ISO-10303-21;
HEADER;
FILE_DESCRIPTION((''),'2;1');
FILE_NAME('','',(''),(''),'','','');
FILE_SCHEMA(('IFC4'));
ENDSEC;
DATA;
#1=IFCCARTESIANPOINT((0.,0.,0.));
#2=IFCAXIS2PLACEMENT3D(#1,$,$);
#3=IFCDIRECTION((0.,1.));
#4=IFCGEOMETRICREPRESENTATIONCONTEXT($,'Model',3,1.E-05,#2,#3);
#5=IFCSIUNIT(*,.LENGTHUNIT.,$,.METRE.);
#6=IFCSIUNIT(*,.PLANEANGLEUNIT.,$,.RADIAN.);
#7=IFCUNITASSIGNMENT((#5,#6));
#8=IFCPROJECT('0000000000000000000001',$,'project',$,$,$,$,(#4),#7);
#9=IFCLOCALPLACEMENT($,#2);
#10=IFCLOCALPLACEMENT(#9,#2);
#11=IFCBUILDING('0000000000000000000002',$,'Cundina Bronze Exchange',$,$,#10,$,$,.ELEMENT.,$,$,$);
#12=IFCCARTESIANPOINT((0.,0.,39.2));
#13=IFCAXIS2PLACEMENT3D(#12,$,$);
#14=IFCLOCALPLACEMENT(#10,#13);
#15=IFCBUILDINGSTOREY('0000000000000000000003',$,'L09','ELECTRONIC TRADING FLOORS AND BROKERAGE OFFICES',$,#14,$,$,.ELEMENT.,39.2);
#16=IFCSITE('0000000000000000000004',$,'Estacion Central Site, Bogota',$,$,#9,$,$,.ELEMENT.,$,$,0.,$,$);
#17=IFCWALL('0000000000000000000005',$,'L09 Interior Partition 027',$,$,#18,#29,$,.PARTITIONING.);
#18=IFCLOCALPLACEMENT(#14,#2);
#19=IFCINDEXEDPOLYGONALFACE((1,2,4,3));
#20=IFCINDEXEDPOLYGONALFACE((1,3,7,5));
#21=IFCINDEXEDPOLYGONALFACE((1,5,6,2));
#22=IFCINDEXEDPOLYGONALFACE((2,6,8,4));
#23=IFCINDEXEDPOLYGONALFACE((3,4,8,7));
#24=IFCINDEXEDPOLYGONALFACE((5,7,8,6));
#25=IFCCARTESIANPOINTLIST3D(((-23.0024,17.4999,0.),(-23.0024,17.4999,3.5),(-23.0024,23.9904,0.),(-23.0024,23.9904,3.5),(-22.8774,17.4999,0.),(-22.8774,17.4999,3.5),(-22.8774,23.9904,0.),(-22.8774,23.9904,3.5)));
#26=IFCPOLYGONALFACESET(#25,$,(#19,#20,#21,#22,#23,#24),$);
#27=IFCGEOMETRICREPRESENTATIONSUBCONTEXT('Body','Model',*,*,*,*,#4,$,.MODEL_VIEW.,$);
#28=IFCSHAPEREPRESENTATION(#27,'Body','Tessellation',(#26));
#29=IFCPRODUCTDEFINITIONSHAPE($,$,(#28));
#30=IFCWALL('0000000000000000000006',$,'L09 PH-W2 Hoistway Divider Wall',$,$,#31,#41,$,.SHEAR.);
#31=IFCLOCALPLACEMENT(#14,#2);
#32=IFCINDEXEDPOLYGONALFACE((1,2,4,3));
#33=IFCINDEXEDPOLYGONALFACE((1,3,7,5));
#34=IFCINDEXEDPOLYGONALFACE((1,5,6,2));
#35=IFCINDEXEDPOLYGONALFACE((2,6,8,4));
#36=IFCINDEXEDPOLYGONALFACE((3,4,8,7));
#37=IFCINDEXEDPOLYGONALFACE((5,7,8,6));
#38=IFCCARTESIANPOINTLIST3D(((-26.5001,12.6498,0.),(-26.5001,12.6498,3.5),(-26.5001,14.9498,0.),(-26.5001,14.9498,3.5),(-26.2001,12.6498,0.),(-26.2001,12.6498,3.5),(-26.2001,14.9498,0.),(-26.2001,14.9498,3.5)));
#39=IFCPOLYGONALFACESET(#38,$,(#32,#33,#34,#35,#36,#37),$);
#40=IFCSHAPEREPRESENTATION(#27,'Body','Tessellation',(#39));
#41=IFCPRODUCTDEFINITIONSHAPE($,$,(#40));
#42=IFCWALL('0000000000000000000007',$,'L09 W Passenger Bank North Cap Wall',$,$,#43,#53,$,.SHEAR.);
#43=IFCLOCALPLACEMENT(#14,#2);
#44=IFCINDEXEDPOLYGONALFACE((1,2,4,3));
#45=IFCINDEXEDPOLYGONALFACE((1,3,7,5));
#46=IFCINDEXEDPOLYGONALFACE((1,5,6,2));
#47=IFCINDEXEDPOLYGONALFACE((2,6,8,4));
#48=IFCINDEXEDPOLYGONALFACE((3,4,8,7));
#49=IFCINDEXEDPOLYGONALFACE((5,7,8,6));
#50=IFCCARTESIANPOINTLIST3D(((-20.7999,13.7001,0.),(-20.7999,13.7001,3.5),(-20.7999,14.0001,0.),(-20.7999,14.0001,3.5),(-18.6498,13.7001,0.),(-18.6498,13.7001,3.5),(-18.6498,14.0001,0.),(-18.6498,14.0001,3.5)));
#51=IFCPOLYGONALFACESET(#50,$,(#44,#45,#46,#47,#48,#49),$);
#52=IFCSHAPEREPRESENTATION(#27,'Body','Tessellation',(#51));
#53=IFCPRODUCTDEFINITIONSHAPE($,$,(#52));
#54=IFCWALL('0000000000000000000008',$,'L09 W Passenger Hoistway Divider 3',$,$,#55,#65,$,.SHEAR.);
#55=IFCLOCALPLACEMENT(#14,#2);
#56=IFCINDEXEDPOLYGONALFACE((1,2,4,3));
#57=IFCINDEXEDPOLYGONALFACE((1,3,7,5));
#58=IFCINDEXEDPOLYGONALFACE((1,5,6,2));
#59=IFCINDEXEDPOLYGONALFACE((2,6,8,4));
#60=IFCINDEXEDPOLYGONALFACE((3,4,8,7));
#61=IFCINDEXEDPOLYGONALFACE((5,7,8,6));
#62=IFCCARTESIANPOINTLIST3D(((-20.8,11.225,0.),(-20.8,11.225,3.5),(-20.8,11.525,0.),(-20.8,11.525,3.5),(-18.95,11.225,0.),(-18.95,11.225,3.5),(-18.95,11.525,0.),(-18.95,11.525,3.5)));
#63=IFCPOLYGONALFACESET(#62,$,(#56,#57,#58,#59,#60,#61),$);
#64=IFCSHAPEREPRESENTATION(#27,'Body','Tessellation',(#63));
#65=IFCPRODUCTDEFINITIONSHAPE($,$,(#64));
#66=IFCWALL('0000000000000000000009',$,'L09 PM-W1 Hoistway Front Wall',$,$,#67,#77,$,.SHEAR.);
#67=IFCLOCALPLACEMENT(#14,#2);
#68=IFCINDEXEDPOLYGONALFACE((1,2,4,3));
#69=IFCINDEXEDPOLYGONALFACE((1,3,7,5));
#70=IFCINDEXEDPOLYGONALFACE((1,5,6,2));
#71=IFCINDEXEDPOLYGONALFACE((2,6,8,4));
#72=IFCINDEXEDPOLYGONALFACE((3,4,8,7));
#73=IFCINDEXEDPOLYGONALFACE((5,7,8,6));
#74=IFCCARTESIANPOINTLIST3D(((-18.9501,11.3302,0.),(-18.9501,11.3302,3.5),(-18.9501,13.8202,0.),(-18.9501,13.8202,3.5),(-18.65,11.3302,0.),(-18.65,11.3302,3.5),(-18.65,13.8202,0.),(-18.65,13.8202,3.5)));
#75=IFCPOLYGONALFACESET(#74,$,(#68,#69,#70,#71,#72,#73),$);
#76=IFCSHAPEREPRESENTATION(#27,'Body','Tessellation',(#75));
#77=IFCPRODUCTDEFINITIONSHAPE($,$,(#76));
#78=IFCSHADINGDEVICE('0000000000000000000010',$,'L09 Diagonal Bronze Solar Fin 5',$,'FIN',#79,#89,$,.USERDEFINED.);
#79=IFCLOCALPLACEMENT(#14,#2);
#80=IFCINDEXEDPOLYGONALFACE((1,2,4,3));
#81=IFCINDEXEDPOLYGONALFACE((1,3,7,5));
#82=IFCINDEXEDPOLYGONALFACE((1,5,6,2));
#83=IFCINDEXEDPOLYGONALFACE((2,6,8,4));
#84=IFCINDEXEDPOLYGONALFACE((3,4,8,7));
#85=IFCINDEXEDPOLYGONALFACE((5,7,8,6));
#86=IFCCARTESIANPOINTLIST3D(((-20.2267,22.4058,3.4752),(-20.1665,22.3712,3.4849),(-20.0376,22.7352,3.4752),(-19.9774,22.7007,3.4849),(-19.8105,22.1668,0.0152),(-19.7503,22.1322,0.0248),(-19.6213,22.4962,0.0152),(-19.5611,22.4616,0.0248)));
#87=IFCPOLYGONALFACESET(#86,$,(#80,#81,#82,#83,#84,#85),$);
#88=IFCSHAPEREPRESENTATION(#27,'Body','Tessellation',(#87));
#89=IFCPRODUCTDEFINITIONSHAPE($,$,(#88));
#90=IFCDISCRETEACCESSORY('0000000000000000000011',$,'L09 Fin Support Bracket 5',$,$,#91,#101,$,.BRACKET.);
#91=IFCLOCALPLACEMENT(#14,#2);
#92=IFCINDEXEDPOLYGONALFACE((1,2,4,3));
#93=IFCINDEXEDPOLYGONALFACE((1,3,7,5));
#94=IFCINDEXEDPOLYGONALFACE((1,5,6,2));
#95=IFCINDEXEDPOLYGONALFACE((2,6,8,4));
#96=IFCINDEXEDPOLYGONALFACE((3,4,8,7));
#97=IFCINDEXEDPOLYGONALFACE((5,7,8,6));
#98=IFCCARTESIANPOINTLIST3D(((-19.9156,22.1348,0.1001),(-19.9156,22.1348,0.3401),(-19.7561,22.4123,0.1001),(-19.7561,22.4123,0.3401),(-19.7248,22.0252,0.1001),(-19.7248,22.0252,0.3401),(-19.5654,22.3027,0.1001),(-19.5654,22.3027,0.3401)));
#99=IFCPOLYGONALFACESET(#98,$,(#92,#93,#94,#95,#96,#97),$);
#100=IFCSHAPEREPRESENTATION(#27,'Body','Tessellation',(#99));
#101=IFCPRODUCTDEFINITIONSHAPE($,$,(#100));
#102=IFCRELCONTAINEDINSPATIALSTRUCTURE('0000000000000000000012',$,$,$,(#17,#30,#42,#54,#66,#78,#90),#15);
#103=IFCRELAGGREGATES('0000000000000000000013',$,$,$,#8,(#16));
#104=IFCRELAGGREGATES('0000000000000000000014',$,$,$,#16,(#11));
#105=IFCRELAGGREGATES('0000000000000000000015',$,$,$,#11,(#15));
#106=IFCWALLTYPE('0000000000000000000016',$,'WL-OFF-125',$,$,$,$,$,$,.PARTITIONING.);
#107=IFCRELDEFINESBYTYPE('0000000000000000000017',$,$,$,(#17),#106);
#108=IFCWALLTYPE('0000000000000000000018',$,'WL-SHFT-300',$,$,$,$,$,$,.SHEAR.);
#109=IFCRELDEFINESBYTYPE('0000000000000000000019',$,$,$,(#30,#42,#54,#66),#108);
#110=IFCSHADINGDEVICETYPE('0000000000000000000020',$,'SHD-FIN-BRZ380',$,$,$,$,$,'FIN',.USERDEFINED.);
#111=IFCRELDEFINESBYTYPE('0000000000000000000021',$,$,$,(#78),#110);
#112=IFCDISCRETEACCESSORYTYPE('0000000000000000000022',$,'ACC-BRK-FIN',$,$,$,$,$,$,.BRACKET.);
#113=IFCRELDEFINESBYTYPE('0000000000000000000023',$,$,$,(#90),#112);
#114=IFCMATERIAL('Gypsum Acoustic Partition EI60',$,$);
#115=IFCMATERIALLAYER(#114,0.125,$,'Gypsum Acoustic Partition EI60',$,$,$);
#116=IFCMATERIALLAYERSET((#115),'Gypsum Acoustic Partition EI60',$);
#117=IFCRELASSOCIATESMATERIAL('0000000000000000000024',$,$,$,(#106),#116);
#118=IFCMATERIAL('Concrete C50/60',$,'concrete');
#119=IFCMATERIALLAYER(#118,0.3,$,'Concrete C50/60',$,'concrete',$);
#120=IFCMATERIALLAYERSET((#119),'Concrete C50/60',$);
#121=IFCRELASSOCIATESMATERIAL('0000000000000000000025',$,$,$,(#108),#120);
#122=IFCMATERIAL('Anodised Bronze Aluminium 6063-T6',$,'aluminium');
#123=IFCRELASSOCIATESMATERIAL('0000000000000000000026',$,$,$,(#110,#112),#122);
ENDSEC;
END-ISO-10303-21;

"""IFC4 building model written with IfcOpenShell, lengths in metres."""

from ifc_helpers import new_model, si_unit, direction, frame, frame_2d, origin, origin_2d, place, context, subcontext, project, spatial, rectangle, extrude, material, layer, layer_set, material_profile, profile_set, type_object, element, save


model = new_model("IFC4")

# Units and contexts
model_context = context("Model", 3, precision=1e-05, world=origin(), true_north=direction((0.0, 1.0)))
body_context = subcontext(model_context, "Body", "Model", "MODEL_VIEW")
ifc_project = project(units=[si_unit("LENGTHUNIT", "METRE"), si_unit("PLANEANGLEUNIT", "RADIAN")], contexts=[model_context])

# Site, building, storey
site_placement = place(None, origin())
site = spatial("IfcSite", under=ifc_project, at=site_placement, Name="Estacion Central Site, Bogota", CompositionType="ELEMENT", RefElevation=0.0)
building_placement = place(site_placement, origin())
building = spatial("IfcBuilding", under=site, at=building_placement, Name="Cundina Bronze Exchange", CompositionType="ELEMENT")
storey_placement = place(building_placement, frame((0.0, 0.0, 39.2)))
storey = spatial("IfcBuildingStorey", under=building, at=storey_placement, Name="L09", Description="ELECTRONIC TRADING FLOORS AND BROKERAGE OFFICES", CompositionType="ELEMENT", Elevation=39.2)

# Shared definitions
ifc_material_1 = material(Name="Anodised Bronze Aluminium 6063-T6", Category="aluminium")

# Wall
ifc_material_2 = material(Name="Gypsum Acoustic Partition EI60")
ifc_layer_1 = layer(ifc_material_2, 0.125, Name="Gypsum Acoustic Partition EI60")
ifc_layer_set_1 = layer_set([ifc_layer_1], Name="Gypsum Acoustic Partition EI60")
wall_type_1 = type_object("IfcWallType", Name="WL-OFF-125", PredefinedType="PARTITIONING", material=ifc_layer_set_1)
wall_1_placement = place(storey_placement, frame((-22.9399, 17.5, 0.0), z_axis=(0.0, 0.0, 1.0), x_axis=(0.0, 1.0, 0.0)))
element("IfcWall", 1, at=wall_1_placement, inside=storey, type_object=wall_type_1, Name="L09 Interior Partition 027", PredefinedType="PARTITIONING", context=body_context, shape_type="SweptSolid", body=[
    extrude(rectangle(XDim=6.4905, YDim=0.125, at=frame_2d((3.2451, 0.0))), origin(), (0.0, 0.0, 1.0), 3.5),
])

# Shared definitions
ifc_material_3 = material(Name="Concrete C50/60", Category="concrete")
ifc_layer_2 = layer(ifc_material_3, 0.3, Name="Concrete C50/60", Category="concrete")
ifc_layer_set_2 = layer_set([ifc_layer_2], Name="Concrete C50/60")
wall_type_2 = type_object("IfcWallType", Name="WL-SHFT-300", PredefinedType="SHEAR", material=ifc_layer_set_2)

# Walls
wall_2_placement = place(storey_placement, frame((-26.3501, 12.6499, 0.0), z_axis=(0.0, 0.0, 1.0), x_axis=(0.0, 1.0, 0.0)))
element("IfcWall", 2, at=wall_2_placement, inside=storey, type_object=wall_type_2, Name="L09 PH-W2 Hoistway Divider Wall", PredefinedType="SHEAR", context=body_context, shape_type="SweptSolid", body=[
    extrude(rectangle(XDim=2.3, YDim=0.3, at=frame_2d((1.1499, 0.0))), origin(), (0.0, 0.0, 1.0), 3.5),
])
wall_3_placement = place(storey_placement, frame((-20.8, 13.8501, 0.0), z_axis=(0.0, 0.0, 1.0), x_axis=(1.0, 0.0, 0.0)))
element("IfcWall", 3, at=wall_3_placement, inside=storey, type_object=wall_type_2, Name="L09 W Passenger Bank North Cap Wall", PredefinedType="SHEAR", context=body_context, shape_type="SweptSolid", body=[
    extrude(rectangle(XDim=2.1501, YDim=0.3, at=frame_2d((1.0752, 0.0))), origin(), (0.0, 0.0, 1.0), 3.5),
])
wall_4_placement = place(storey_placement, frame((-20.8, 11.375, 0.0), z_axis=(0.0, 0.0, 1.0), x_axis=(1.0, 0.0, 0.0)))
element("IfcWall", 4, at=wall_4_placement, inside=storey, type_object=wall_type_2, Name="L09 W Passenger Hoistway Divider 3", PredefinedType="SHEAR", context=body_context, shape_type="SweptSolid", body=[
    extrude(rectangle(XDim=1.8501, YDim=0.3, at=frame_2d((0.925, 0.0))), origin(), (0.0, 0.0, 1.0), 3.5),
])
wall_5_placement = place(storey_placement, frame((-18.8, 11.3301, 0.0), z_axis=(0.0, 0.0, 1.0), x_axis=(0.0, 1.0, 0.0)))
element("IfcWall", 5, at=wall_5_placement, inside=storey, type_object=wall_type_2, Name="L09 PM-W1 Hoistway Front Wall", PredefinedType="SHEAR", context=body_context, shape_type="SweptSolid", body=[
    extrude(rectangle(XDim=2.49, YDim=0.3, at=frame_2d((1.2451, 0.0))), origin(), (0.0, 0.0, 1.0), 3.5),
])

# Shading device
ifc_material_profile_1 = material_profile(ifc_material_1, rectangle(XDim=0.0701, YDim=0.3799, at=origin_2d()), Name="FIN70X380", Category="aluminium")
ifc_profile_set_1 = profile_set([ifc_material_profile_1], Name="Anodised Bronze Aluminium 6063-T6")
shading_device_type = type_object("IfcShadingDeviceType", Name="SHD-FIN-BRZ380", ElementType="FIN", PredefinedType="USERDEFINED", material=ifc_profile_set_1)
shading_device_placement = place(storey_placement, frame((-19.6858, 22.3142, 0.02), z_axis=(-0.119166, 0.068425, 0.990514), x_axis=(0.858982, -0.493222, 0.137414)))
element("IfcShadingDevice", 6, at=shading_device_placement, inside=storey, type_object=shading_device_type, Name="L09 Diagonal Bronze Solar Fin 5", ObjectType="FIN", PredefinedType="USERDEFINED", context=body_context, shape_type="SweptSolid", body=[
    extrude(rectangle(XDim=0.0701, YDim=0.3799, at=origin_2d()), origin(), (0.0, 0.0, 1.0), 3.4932),
])

# Discrete accessory
discrete_accessory_type = type_object("IfcDiscreteAccessoryType", Name="ACC-BRK-FIN", PredefinedType="BRACKET", material=ifc_material_1)
discrete_accessory_placement = place(storey_placement, frame((-19.7405, 22.2188, 0.1001), z_axis=(0.0, 0.0, 1.0), x_axis=(-0.867105, 0.498125, 0.0)))
element("IfcDiscreteAccessory", 7, at=discrete_accessory_placement, inside=storey, type_object=discrete_accessory_type, Name="L09 Fin Support Bracket 5", PredefinedType="BRACKET", context=body_context, shape_type="SweptSolid", body=[
    extrude(rectangle(XDim=0.22, YDim=0.3201, at=origin_2d()), origin(), (0.0, 0.0, 1.0), 0.24),
])

save(model, "model.ifc")
